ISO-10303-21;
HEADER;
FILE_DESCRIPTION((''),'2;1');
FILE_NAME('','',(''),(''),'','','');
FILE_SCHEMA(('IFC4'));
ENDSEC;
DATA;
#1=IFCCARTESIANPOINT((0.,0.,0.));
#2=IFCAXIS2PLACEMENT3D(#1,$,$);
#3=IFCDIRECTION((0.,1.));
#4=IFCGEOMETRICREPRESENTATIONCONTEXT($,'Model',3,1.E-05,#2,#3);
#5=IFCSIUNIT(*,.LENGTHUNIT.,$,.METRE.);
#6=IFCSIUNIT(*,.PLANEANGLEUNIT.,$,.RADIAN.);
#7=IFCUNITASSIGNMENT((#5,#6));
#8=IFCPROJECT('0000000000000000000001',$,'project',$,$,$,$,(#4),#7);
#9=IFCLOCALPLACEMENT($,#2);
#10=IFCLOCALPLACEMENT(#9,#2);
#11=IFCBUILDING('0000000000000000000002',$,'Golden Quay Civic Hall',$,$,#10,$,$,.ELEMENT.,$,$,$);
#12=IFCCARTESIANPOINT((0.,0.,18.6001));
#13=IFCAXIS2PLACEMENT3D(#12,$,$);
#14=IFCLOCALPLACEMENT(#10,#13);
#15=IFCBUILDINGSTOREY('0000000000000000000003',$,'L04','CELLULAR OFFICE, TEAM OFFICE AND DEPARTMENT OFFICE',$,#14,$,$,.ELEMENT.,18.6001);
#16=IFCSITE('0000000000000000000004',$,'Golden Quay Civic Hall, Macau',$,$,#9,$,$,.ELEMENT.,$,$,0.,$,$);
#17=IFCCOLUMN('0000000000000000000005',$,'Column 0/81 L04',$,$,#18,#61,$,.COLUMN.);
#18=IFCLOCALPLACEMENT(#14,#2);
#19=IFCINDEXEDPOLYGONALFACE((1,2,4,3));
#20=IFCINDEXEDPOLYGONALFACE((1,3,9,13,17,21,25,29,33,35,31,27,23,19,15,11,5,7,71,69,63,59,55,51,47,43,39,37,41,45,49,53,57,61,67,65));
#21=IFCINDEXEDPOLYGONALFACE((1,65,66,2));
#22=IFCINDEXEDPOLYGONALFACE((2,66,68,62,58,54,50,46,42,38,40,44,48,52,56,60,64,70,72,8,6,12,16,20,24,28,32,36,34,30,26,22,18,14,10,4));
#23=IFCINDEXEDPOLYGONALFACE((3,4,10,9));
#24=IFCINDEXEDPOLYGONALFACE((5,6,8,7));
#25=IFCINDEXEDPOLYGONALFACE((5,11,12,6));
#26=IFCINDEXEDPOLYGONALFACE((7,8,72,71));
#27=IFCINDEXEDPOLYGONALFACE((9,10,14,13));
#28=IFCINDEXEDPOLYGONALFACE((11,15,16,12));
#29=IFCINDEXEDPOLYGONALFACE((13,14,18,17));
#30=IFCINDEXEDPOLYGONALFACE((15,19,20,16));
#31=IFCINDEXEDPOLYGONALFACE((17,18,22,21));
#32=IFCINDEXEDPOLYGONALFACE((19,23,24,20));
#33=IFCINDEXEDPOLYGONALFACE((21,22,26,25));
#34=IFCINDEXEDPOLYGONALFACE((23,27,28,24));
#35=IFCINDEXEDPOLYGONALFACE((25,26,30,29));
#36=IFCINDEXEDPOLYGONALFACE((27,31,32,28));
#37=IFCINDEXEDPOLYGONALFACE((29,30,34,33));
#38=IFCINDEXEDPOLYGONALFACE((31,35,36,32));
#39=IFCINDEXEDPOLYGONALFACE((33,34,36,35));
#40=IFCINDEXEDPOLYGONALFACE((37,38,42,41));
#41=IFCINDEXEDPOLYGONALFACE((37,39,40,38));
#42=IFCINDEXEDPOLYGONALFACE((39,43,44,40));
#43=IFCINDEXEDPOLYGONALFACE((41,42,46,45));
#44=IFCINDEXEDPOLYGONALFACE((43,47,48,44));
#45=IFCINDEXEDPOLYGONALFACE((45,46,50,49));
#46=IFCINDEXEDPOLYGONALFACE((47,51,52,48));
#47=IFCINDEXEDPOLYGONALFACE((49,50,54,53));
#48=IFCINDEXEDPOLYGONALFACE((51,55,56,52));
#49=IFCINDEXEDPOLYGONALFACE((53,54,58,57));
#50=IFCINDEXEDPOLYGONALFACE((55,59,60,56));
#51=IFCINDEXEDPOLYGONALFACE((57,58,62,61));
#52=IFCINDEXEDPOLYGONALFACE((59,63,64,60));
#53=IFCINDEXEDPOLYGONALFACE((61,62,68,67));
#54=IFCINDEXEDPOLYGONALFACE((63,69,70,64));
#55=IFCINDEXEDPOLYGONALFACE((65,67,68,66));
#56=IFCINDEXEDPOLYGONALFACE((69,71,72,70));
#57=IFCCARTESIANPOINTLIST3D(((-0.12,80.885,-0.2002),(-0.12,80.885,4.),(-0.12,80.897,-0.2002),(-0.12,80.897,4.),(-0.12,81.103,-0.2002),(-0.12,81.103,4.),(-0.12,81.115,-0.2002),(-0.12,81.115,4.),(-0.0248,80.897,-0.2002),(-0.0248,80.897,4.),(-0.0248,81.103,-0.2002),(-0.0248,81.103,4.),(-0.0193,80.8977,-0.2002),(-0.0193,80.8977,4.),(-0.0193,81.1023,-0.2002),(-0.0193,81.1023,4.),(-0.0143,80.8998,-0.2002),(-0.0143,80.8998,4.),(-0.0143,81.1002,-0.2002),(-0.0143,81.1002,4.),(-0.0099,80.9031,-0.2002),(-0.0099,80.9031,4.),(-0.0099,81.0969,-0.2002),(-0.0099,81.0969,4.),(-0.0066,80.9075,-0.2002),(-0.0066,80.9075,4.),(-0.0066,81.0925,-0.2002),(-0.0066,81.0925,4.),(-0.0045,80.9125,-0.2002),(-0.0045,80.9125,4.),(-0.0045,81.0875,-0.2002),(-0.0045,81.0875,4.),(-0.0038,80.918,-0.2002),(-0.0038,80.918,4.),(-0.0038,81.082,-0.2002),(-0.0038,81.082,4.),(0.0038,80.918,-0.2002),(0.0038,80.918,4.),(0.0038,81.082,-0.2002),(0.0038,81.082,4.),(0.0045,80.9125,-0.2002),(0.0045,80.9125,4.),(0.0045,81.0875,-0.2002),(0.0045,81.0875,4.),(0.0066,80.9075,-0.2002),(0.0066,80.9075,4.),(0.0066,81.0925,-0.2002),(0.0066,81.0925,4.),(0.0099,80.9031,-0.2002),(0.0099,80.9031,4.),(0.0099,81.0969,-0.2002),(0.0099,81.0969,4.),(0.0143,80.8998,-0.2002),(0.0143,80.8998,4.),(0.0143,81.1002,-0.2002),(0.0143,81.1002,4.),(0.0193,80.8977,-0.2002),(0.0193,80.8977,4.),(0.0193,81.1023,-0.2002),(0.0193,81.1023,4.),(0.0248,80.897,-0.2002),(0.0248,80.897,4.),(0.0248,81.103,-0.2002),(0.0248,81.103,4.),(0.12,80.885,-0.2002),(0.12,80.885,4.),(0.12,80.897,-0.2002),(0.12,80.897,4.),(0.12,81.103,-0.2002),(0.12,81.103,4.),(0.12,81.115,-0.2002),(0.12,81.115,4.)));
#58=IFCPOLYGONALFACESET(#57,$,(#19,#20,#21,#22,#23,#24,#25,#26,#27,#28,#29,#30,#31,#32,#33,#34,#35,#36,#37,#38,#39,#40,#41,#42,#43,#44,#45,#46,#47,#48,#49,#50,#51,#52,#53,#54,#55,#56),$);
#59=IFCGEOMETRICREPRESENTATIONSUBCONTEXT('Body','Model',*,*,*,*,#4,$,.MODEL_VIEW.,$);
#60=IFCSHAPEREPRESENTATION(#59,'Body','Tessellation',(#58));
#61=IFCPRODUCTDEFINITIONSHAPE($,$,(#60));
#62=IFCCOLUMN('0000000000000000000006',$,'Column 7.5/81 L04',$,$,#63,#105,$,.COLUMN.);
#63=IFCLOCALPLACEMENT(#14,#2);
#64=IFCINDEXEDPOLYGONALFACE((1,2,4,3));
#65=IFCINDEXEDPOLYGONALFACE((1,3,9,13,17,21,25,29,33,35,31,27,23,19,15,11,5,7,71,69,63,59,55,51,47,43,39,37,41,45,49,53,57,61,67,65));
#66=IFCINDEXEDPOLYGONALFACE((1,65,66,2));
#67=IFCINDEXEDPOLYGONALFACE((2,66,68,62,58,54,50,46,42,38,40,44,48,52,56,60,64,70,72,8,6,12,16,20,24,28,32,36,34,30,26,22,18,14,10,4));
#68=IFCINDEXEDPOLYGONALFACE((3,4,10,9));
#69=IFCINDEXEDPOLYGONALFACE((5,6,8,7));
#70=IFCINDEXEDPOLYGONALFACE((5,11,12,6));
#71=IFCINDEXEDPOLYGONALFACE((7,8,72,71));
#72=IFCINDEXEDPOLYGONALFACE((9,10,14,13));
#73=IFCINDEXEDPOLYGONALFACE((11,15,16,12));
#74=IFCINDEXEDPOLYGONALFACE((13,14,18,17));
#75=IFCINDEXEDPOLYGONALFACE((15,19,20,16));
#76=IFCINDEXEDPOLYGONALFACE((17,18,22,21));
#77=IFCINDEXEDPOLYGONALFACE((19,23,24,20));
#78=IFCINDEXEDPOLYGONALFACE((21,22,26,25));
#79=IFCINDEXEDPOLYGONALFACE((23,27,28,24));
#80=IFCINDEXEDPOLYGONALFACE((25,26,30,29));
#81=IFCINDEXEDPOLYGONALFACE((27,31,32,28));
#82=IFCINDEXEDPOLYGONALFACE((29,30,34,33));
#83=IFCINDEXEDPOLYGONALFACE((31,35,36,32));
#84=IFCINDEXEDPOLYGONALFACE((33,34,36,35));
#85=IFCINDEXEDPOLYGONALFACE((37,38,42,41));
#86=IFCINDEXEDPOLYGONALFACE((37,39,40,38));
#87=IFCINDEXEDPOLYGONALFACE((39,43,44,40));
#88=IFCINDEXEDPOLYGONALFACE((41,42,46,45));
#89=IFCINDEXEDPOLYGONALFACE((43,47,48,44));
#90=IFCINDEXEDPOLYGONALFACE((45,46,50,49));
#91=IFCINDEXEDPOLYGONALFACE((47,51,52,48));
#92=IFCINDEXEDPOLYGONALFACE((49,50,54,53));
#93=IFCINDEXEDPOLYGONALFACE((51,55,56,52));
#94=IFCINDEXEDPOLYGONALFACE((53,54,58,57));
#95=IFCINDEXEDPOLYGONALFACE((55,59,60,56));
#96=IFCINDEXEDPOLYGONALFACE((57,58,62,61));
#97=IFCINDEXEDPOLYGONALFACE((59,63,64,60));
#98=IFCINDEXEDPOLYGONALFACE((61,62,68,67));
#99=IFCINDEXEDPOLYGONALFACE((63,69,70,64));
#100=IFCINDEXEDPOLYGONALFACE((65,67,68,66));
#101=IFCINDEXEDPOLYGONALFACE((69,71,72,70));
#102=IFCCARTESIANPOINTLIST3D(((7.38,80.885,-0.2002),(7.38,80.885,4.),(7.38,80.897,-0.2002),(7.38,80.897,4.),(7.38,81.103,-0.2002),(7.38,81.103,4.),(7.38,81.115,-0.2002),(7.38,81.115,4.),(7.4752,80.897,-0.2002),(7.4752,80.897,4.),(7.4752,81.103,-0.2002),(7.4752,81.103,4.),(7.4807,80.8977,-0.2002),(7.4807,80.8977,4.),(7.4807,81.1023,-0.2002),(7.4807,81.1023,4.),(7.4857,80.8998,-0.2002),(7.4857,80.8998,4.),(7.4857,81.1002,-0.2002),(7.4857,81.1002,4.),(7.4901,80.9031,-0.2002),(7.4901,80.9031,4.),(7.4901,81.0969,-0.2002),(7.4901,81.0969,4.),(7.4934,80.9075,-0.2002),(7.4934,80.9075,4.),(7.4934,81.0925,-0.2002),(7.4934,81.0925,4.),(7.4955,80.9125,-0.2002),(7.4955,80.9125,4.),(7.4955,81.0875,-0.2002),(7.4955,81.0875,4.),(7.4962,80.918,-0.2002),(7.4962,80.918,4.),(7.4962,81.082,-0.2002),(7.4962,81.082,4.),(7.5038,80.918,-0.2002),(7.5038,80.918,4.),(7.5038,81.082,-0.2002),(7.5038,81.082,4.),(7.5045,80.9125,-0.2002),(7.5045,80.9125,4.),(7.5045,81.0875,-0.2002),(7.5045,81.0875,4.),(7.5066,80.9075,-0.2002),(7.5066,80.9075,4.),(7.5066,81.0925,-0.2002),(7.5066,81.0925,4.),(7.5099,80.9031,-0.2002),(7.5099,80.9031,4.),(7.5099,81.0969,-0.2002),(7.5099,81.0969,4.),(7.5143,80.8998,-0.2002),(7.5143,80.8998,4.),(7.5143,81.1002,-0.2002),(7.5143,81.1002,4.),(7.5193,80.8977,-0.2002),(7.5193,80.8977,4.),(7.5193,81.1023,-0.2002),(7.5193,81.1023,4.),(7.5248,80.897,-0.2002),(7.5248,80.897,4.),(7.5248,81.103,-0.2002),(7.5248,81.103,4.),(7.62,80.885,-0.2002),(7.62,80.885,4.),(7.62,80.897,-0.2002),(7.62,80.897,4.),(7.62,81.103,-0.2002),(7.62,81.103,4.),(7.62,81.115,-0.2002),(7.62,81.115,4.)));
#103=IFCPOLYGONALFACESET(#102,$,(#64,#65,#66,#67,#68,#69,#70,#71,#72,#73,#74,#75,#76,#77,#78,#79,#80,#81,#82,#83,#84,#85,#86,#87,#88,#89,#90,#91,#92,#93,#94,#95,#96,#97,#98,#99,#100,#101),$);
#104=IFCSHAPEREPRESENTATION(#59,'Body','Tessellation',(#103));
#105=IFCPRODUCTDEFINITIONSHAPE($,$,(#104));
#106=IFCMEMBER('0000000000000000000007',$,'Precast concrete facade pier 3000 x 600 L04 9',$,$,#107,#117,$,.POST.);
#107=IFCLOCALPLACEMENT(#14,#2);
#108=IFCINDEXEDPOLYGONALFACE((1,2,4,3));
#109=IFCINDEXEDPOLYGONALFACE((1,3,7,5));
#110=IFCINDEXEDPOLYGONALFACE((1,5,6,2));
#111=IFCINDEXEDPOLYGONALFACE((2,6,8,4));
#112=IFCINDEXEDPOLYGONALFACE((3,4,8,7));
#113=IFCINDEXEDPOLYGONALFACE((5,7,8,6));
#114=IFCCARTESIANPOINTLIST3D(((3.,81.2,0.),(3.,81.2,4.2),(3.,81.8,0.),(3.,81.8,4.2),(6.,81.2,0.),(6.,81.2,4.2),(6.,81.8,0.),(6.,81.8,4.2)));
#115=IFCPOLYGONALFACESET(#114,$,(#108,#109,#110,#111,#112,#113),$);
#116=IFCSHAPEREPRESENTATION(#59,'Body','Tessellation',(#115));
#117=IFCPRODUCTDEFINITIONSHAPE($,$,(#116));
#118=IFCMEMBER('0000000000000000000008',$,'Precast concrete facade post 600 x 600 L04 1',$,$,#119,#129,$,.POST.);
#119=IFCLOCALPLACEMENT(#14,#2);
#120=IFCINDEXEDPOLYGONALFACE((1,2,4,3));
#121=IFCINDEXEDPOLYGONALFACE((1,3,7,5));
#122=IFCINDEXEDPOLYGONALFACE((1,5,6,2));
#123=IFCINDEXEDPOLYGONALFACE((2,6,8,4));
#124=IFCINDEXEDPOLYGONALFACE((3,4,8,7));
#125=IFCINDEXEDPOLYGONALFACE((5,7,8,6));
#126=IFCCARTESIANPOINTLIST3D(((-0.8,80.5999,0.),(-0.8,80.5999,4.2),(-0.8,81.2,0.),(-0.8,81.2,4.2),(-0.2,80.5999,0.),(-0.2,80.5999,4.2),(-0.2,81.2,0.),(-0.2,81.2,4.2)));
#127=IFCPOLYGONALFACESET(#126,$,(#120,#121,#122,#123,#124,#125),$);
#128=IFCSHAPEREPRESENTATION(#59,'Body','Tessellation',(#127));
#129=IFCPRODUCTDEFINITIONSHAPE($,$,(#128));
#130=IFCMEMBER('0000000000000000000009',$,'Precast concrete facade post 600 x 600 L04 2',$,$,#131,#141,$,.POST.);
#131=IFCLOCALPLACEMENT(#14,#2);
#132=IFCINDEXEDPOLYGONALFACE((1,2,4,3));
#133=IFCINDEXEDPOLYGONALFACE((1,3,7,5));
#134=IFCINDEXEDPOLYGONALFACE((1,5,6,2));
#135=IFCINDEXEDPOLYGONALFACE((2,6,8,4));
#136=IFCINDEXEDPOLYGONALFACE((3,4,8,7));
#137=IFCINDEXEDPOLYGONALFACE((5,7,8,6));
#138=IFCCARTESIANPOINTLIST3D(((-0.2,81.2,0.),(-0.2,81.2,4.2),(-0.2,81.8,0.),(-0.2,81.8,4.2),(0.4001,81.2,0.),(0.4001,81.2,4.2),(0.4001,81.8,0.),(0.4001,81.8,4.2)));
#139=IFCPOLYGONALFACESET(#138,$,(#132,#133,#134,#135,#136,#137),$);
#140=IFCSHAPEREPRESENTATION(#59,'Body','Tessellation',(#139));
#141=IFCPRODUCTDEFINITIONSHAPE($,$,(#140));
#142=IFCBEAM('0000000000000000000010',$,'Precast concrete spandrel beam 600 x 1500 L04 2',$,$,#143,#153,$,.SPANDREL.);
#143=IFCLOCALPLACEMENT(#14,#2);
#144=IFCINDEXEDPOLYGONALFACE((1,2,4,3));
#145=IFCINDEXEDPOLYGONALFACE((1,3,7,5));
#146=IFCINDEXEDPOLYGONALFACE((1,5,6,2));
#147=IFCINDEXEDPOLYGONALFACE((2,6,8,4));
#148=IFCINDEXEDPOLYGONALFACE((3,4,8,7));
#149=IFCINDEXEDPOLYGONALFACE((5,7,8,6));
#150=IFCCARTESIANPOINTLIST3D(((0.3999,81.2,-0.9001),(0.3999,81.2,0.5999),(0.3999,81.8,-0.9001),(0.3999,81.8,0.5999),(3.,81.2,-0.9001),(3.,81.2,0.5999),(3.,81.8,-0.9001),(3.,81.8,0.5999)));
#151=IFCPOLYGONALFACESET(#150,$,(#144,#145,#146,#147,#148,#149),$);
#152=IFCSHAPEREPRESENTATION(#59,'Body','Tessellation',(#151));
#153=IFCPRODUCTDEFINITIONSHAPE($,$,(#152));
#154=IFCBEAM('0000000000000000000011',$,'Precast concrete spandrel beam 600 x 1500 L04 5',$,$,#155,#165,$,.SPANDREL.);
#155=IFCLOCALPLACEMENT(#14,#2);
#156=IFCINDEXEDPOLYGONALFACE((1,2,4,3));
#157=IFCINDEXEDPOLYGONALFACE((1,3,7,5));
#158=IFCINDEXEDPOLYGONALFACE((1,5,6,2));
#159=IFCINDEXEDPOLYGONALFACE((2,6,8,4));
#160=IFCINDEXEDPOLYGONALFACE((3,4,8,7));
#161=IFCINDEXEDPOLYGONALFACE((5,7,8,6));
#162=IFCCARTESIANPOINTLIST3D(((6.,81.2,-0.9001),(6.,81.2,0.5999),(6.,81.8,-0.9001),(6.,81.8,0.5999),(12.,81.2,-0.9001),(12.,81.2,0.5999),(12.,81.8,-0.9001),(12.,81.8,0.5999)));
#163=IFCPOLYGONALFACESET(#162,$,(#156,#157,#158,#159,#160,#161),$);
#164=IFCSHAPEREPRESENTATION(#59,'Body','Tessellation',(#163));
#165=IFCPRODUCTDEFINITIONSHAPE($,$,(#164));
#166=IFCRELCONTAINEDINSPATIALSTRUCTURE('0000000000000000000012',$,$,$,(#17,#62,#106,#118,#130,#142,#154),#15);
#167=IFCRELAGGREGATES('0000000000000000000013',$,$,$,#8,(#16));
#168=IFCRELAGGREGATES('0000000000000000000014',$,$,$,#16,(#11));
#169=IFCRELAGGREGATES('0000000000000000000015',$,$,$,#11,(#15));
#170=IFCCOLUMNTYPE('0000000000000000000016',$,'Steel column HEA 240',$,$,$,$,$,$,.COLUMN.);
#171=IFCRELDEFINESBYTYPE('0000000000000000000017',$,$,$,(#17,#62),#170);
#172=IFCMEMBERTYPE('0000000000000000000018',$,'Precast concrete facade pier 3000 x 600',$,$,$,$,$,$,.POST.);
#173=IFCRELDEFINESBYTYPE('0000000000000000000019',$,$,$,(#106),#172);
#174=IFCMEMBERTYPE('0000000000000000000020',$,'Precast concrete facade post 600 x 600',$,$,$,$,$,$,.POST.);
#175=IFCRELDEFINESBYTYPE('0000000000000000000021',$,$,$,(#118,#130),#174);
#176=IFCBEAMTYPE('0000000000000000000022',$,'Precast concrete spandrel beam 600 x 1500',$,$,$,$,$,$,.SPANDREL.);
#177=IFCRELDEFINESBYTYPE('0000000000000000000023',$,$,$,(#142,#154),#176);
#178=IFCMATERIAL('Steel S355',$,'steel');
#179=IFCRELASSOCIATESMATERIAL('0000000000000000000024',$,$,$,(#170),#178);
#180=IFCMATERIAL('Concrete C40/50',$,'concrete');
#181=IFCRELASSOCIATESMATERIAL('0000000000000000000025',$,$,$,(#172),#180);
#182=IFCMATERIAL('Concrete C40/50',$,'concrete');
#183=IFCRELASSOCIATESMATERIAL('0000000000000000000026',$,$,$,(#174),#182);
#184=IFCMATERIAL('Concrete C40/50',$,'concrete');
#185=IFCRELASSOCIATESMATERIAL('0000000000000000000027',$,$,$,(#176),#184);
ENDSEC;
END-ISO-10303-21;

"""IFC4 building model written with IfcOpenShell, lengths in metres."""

from ifc_helpers import new_model, si_unit, direction, frame, origin, origin_2d, place, context, subcontext, project, spatial, rectangle, i_section, extrude, material, material_profile, profile_set, type_object, element, save


model = new_model("IFC4")

# Units and contexts
model_context = context("Model", 3, precision=1e-05, world=origin(), true_north=direction((0.0, 1.0)))
body_context = subcontext(model_context, "Body", "Model", "MODEL_VIEW")
ifc_project = project(units=[si_unit("LENGTHUNIT", "METRE"), si_unit("PLANEANGLEUNIT", "RADIAN")], contexts=[model_context])

# Site, building, storey
site_placement = place(None, origin())
site = spatial("IfcSite", under=ifc_project, at=site_placement, Name="Golden Quay Civic Hall, Macau", CompositionType="ELEMENT", RefElevation=0.0)
building_placement = place(site_placement, origin())
building = spatial("IfcBuilding", under=site, at=building_placement, Name="Golden Quay Civic Hall", CompositionType="ELEMENT")
storey_placement = place(building_placement, frame((0.0, 0.0, 18.6001)))
storey = spatial("IfcBuildingStorey", under=building, at=storey_placement, Name="L04", Description="CELLULAR OFFICE, TEAM OFFICE AND DEPARTMENT OFFICE", CompositionType="ELEMENT", Elevation=18.6001)

# Columns
ifc_material_1 = material(Name="Steel S355", Category="steel")
ifc_material_profile_1 = material_profile(ifc_material_1, i_section(OverallWidth=0.24, OverallDepth=0.23, WebThickness=0.0076, FlangeThickness=0.012, FilletRadius=0.021, at=origin_2d()), Name="HEA 240")
ifc_profile_set_1 = profile_set([ifc_material_profile_1], Name="Steel S355")
column_type = type_object("IfcColumnType", Name="Steel column HEA 240", PredefinedType="COLUMN", material=ifc_profile_set_1)
for number, where, z_axis, x_axis, name in (
    (1, (0.0, 81.0, -0.2002), (0.0, 0.0, 1.0), (1.0, 0.0, 0.0), "Column 0/81 L04"),
    (2, (7.5, 81.0, -0.2002), (0.0, 0.0, 1.0), (1.0, 0.0, 0.0), "Column 7.5/81 L04"),
):
    element("IfcColumn", number, at=place(storey_placement, frame(where, z_axis=z_axis, x_axis=x_axis)), inside=storey, type_object=column_type, Name=name, PredefinedType="COLUMN", context=body_context, shape_type="SweptSolid", body=[
        extrude(i_section(OverallWidth=0.24, OverallDepth=0.23, WebThickness=0.0076, FlangeThickness=0.012, FilletRadius=0.021, at=origin_2d()), origin(), (0.0, 0.0, 1.0), 4.2002),
    ])

# Members
ifc_material_2 = material(Name="Concrete C40/50", Category="concrete")
ifc_material_profile_2 = material_profile(ifc_material_2, rectangle(XDim=3.0, YDim=0.6001, at=origin_2d()), Name="RC 3000x600")
ifc_profile_set_2 = profile_set([ifc_material_profile_2], Name="Concrete C40/50")
member_type_1 = type_object("IfcMemberType", Name="Precast concrete facade pier 3000 x 600", PredefinedType="POST", material=ifc_profile_set_2)
member_placement = place(storey_placement, frame((4.5, 81.5, 0.0), z_axis=(0.0, 0.0, 1.0), x_axis=(1.0, 0.0, 0.0)))
element("IfcMember", 3, at=member_placement, inside=storey, type_object=member_type_1, Name="Precast concrete facade pier 3000 x 600 L04 9", PredefinedType="POST", context=body_context, shape_type="SweptSolid", body=[
    extrude(rectangle(XDim=3.0, YDim=0.6001, at=origin_2d()), origin(), (0.0, 0.0, 1.0), 4.2),
])
ifc_material_3 = material(Name="Concrete C40/50", Category="concrete")
ifc_material_profile_3 = material_profile(ifc_material_3, rectangle(XDim=0.6001, YDim=0.6001, at=origin_2d()), Name="RC 600x600")
ifc_profile_set_3 = profile_set([ifc_material_profile_3], Name="Concrete C40/50")
member_type_2 = type_object("IfcMemberType", Name="Precast concrete facade post 600 x 600", PredefinedType="POST", material=ifc_profile_set_3)
for number, where, z_axis, x_axis, name in (
    (4, (-0.5, 80.8999, 0.0), (0.0, 0.0, 1.0), (1.0, 0.0, 0.0), "Precast concrete facade post 600 x 600 L04 1"),
    (5, (0.1001, 81.5, 0.0), (0.0, 0.0, 1.0), (1.0, 0.0, 0.0), "Precast concrete facade post 600 x 600 L04 2"),
):
    element("IfcMember", number, at=place(storey_placement, frame(where, z_axis=z_axis, x_axis=x_axis)), inside=storey, type_object=member_type_2, Name=name, PredefinedType="POST", context=body_context, shape_type="SweptSolid", body=[
        extrude(rectangle(XDim=0.6001, YDim=0.6001, at=origin_2d()), origin(), (0.0, 0.0, 1.0), 4.2),
    ])

# Beams
ifc_material_4 = material(Name="Concrete C40/50", Category="concrete")
ifc_material_profile_4 = material_profile(ifc_material_4, rectangle(XDim=0.6001, YDim=1.5, at=origin_2d()), Name="RC 600x1500")
ifc_profile_set_4 = profile_set([ifc_material_profile_4], Name="Concrete C40/50")
beam_type_1 = type_object("IfcBeamType", Name="Precast concrete spandrel beam 600 x 1500", PredefinedType="SPANDREL", material=ifc_profile_set_4)
beam_1_placement = place(storey_placement, frame((0.3999, 81.5, -0.1501), z_axis=(1.0, 0.0, 0.0), x_axis=(0.0, 1.0, 0.0)))
element("IfcBeam", 6, at=beam_1_placement, inside=storey, type_object=beam_type_1, Name="Precast concrete spandrel beam 600 x 1500 L04 2", PredefinedType="SPANDREL", context=body_context, shape_type="SweptSolid", body=[
    extrude(rectangle(XDim=0.6001, YDim=1.5, at=origin_2d()), origin(), (0.0, 0.0, 1.0), 2.6001),
])
beam_2_placement = place(storey_placement, frame((6.0, 81.5, -0.1501), z_axis=(1.0, 0.0, 0.0), x_axis=(0.0, 1.0, 0.0)))
element("IfcBeam", 7, at=beam_2_placement, inside=storey, type_object=beam_type_1, Name="Precast concrete spandrel beam 600 x 1500 L04 5", PredefinedType="SPANDREL", context=body_context, shape_type="SweptSolid", body=[
    extrude(rectangle(XDim=0.6001, YDim=1.5, at=origin_2d()), origin(), (0.0, 0.0, 1.0), 6.0),
])

save(model, "model.ifc")
